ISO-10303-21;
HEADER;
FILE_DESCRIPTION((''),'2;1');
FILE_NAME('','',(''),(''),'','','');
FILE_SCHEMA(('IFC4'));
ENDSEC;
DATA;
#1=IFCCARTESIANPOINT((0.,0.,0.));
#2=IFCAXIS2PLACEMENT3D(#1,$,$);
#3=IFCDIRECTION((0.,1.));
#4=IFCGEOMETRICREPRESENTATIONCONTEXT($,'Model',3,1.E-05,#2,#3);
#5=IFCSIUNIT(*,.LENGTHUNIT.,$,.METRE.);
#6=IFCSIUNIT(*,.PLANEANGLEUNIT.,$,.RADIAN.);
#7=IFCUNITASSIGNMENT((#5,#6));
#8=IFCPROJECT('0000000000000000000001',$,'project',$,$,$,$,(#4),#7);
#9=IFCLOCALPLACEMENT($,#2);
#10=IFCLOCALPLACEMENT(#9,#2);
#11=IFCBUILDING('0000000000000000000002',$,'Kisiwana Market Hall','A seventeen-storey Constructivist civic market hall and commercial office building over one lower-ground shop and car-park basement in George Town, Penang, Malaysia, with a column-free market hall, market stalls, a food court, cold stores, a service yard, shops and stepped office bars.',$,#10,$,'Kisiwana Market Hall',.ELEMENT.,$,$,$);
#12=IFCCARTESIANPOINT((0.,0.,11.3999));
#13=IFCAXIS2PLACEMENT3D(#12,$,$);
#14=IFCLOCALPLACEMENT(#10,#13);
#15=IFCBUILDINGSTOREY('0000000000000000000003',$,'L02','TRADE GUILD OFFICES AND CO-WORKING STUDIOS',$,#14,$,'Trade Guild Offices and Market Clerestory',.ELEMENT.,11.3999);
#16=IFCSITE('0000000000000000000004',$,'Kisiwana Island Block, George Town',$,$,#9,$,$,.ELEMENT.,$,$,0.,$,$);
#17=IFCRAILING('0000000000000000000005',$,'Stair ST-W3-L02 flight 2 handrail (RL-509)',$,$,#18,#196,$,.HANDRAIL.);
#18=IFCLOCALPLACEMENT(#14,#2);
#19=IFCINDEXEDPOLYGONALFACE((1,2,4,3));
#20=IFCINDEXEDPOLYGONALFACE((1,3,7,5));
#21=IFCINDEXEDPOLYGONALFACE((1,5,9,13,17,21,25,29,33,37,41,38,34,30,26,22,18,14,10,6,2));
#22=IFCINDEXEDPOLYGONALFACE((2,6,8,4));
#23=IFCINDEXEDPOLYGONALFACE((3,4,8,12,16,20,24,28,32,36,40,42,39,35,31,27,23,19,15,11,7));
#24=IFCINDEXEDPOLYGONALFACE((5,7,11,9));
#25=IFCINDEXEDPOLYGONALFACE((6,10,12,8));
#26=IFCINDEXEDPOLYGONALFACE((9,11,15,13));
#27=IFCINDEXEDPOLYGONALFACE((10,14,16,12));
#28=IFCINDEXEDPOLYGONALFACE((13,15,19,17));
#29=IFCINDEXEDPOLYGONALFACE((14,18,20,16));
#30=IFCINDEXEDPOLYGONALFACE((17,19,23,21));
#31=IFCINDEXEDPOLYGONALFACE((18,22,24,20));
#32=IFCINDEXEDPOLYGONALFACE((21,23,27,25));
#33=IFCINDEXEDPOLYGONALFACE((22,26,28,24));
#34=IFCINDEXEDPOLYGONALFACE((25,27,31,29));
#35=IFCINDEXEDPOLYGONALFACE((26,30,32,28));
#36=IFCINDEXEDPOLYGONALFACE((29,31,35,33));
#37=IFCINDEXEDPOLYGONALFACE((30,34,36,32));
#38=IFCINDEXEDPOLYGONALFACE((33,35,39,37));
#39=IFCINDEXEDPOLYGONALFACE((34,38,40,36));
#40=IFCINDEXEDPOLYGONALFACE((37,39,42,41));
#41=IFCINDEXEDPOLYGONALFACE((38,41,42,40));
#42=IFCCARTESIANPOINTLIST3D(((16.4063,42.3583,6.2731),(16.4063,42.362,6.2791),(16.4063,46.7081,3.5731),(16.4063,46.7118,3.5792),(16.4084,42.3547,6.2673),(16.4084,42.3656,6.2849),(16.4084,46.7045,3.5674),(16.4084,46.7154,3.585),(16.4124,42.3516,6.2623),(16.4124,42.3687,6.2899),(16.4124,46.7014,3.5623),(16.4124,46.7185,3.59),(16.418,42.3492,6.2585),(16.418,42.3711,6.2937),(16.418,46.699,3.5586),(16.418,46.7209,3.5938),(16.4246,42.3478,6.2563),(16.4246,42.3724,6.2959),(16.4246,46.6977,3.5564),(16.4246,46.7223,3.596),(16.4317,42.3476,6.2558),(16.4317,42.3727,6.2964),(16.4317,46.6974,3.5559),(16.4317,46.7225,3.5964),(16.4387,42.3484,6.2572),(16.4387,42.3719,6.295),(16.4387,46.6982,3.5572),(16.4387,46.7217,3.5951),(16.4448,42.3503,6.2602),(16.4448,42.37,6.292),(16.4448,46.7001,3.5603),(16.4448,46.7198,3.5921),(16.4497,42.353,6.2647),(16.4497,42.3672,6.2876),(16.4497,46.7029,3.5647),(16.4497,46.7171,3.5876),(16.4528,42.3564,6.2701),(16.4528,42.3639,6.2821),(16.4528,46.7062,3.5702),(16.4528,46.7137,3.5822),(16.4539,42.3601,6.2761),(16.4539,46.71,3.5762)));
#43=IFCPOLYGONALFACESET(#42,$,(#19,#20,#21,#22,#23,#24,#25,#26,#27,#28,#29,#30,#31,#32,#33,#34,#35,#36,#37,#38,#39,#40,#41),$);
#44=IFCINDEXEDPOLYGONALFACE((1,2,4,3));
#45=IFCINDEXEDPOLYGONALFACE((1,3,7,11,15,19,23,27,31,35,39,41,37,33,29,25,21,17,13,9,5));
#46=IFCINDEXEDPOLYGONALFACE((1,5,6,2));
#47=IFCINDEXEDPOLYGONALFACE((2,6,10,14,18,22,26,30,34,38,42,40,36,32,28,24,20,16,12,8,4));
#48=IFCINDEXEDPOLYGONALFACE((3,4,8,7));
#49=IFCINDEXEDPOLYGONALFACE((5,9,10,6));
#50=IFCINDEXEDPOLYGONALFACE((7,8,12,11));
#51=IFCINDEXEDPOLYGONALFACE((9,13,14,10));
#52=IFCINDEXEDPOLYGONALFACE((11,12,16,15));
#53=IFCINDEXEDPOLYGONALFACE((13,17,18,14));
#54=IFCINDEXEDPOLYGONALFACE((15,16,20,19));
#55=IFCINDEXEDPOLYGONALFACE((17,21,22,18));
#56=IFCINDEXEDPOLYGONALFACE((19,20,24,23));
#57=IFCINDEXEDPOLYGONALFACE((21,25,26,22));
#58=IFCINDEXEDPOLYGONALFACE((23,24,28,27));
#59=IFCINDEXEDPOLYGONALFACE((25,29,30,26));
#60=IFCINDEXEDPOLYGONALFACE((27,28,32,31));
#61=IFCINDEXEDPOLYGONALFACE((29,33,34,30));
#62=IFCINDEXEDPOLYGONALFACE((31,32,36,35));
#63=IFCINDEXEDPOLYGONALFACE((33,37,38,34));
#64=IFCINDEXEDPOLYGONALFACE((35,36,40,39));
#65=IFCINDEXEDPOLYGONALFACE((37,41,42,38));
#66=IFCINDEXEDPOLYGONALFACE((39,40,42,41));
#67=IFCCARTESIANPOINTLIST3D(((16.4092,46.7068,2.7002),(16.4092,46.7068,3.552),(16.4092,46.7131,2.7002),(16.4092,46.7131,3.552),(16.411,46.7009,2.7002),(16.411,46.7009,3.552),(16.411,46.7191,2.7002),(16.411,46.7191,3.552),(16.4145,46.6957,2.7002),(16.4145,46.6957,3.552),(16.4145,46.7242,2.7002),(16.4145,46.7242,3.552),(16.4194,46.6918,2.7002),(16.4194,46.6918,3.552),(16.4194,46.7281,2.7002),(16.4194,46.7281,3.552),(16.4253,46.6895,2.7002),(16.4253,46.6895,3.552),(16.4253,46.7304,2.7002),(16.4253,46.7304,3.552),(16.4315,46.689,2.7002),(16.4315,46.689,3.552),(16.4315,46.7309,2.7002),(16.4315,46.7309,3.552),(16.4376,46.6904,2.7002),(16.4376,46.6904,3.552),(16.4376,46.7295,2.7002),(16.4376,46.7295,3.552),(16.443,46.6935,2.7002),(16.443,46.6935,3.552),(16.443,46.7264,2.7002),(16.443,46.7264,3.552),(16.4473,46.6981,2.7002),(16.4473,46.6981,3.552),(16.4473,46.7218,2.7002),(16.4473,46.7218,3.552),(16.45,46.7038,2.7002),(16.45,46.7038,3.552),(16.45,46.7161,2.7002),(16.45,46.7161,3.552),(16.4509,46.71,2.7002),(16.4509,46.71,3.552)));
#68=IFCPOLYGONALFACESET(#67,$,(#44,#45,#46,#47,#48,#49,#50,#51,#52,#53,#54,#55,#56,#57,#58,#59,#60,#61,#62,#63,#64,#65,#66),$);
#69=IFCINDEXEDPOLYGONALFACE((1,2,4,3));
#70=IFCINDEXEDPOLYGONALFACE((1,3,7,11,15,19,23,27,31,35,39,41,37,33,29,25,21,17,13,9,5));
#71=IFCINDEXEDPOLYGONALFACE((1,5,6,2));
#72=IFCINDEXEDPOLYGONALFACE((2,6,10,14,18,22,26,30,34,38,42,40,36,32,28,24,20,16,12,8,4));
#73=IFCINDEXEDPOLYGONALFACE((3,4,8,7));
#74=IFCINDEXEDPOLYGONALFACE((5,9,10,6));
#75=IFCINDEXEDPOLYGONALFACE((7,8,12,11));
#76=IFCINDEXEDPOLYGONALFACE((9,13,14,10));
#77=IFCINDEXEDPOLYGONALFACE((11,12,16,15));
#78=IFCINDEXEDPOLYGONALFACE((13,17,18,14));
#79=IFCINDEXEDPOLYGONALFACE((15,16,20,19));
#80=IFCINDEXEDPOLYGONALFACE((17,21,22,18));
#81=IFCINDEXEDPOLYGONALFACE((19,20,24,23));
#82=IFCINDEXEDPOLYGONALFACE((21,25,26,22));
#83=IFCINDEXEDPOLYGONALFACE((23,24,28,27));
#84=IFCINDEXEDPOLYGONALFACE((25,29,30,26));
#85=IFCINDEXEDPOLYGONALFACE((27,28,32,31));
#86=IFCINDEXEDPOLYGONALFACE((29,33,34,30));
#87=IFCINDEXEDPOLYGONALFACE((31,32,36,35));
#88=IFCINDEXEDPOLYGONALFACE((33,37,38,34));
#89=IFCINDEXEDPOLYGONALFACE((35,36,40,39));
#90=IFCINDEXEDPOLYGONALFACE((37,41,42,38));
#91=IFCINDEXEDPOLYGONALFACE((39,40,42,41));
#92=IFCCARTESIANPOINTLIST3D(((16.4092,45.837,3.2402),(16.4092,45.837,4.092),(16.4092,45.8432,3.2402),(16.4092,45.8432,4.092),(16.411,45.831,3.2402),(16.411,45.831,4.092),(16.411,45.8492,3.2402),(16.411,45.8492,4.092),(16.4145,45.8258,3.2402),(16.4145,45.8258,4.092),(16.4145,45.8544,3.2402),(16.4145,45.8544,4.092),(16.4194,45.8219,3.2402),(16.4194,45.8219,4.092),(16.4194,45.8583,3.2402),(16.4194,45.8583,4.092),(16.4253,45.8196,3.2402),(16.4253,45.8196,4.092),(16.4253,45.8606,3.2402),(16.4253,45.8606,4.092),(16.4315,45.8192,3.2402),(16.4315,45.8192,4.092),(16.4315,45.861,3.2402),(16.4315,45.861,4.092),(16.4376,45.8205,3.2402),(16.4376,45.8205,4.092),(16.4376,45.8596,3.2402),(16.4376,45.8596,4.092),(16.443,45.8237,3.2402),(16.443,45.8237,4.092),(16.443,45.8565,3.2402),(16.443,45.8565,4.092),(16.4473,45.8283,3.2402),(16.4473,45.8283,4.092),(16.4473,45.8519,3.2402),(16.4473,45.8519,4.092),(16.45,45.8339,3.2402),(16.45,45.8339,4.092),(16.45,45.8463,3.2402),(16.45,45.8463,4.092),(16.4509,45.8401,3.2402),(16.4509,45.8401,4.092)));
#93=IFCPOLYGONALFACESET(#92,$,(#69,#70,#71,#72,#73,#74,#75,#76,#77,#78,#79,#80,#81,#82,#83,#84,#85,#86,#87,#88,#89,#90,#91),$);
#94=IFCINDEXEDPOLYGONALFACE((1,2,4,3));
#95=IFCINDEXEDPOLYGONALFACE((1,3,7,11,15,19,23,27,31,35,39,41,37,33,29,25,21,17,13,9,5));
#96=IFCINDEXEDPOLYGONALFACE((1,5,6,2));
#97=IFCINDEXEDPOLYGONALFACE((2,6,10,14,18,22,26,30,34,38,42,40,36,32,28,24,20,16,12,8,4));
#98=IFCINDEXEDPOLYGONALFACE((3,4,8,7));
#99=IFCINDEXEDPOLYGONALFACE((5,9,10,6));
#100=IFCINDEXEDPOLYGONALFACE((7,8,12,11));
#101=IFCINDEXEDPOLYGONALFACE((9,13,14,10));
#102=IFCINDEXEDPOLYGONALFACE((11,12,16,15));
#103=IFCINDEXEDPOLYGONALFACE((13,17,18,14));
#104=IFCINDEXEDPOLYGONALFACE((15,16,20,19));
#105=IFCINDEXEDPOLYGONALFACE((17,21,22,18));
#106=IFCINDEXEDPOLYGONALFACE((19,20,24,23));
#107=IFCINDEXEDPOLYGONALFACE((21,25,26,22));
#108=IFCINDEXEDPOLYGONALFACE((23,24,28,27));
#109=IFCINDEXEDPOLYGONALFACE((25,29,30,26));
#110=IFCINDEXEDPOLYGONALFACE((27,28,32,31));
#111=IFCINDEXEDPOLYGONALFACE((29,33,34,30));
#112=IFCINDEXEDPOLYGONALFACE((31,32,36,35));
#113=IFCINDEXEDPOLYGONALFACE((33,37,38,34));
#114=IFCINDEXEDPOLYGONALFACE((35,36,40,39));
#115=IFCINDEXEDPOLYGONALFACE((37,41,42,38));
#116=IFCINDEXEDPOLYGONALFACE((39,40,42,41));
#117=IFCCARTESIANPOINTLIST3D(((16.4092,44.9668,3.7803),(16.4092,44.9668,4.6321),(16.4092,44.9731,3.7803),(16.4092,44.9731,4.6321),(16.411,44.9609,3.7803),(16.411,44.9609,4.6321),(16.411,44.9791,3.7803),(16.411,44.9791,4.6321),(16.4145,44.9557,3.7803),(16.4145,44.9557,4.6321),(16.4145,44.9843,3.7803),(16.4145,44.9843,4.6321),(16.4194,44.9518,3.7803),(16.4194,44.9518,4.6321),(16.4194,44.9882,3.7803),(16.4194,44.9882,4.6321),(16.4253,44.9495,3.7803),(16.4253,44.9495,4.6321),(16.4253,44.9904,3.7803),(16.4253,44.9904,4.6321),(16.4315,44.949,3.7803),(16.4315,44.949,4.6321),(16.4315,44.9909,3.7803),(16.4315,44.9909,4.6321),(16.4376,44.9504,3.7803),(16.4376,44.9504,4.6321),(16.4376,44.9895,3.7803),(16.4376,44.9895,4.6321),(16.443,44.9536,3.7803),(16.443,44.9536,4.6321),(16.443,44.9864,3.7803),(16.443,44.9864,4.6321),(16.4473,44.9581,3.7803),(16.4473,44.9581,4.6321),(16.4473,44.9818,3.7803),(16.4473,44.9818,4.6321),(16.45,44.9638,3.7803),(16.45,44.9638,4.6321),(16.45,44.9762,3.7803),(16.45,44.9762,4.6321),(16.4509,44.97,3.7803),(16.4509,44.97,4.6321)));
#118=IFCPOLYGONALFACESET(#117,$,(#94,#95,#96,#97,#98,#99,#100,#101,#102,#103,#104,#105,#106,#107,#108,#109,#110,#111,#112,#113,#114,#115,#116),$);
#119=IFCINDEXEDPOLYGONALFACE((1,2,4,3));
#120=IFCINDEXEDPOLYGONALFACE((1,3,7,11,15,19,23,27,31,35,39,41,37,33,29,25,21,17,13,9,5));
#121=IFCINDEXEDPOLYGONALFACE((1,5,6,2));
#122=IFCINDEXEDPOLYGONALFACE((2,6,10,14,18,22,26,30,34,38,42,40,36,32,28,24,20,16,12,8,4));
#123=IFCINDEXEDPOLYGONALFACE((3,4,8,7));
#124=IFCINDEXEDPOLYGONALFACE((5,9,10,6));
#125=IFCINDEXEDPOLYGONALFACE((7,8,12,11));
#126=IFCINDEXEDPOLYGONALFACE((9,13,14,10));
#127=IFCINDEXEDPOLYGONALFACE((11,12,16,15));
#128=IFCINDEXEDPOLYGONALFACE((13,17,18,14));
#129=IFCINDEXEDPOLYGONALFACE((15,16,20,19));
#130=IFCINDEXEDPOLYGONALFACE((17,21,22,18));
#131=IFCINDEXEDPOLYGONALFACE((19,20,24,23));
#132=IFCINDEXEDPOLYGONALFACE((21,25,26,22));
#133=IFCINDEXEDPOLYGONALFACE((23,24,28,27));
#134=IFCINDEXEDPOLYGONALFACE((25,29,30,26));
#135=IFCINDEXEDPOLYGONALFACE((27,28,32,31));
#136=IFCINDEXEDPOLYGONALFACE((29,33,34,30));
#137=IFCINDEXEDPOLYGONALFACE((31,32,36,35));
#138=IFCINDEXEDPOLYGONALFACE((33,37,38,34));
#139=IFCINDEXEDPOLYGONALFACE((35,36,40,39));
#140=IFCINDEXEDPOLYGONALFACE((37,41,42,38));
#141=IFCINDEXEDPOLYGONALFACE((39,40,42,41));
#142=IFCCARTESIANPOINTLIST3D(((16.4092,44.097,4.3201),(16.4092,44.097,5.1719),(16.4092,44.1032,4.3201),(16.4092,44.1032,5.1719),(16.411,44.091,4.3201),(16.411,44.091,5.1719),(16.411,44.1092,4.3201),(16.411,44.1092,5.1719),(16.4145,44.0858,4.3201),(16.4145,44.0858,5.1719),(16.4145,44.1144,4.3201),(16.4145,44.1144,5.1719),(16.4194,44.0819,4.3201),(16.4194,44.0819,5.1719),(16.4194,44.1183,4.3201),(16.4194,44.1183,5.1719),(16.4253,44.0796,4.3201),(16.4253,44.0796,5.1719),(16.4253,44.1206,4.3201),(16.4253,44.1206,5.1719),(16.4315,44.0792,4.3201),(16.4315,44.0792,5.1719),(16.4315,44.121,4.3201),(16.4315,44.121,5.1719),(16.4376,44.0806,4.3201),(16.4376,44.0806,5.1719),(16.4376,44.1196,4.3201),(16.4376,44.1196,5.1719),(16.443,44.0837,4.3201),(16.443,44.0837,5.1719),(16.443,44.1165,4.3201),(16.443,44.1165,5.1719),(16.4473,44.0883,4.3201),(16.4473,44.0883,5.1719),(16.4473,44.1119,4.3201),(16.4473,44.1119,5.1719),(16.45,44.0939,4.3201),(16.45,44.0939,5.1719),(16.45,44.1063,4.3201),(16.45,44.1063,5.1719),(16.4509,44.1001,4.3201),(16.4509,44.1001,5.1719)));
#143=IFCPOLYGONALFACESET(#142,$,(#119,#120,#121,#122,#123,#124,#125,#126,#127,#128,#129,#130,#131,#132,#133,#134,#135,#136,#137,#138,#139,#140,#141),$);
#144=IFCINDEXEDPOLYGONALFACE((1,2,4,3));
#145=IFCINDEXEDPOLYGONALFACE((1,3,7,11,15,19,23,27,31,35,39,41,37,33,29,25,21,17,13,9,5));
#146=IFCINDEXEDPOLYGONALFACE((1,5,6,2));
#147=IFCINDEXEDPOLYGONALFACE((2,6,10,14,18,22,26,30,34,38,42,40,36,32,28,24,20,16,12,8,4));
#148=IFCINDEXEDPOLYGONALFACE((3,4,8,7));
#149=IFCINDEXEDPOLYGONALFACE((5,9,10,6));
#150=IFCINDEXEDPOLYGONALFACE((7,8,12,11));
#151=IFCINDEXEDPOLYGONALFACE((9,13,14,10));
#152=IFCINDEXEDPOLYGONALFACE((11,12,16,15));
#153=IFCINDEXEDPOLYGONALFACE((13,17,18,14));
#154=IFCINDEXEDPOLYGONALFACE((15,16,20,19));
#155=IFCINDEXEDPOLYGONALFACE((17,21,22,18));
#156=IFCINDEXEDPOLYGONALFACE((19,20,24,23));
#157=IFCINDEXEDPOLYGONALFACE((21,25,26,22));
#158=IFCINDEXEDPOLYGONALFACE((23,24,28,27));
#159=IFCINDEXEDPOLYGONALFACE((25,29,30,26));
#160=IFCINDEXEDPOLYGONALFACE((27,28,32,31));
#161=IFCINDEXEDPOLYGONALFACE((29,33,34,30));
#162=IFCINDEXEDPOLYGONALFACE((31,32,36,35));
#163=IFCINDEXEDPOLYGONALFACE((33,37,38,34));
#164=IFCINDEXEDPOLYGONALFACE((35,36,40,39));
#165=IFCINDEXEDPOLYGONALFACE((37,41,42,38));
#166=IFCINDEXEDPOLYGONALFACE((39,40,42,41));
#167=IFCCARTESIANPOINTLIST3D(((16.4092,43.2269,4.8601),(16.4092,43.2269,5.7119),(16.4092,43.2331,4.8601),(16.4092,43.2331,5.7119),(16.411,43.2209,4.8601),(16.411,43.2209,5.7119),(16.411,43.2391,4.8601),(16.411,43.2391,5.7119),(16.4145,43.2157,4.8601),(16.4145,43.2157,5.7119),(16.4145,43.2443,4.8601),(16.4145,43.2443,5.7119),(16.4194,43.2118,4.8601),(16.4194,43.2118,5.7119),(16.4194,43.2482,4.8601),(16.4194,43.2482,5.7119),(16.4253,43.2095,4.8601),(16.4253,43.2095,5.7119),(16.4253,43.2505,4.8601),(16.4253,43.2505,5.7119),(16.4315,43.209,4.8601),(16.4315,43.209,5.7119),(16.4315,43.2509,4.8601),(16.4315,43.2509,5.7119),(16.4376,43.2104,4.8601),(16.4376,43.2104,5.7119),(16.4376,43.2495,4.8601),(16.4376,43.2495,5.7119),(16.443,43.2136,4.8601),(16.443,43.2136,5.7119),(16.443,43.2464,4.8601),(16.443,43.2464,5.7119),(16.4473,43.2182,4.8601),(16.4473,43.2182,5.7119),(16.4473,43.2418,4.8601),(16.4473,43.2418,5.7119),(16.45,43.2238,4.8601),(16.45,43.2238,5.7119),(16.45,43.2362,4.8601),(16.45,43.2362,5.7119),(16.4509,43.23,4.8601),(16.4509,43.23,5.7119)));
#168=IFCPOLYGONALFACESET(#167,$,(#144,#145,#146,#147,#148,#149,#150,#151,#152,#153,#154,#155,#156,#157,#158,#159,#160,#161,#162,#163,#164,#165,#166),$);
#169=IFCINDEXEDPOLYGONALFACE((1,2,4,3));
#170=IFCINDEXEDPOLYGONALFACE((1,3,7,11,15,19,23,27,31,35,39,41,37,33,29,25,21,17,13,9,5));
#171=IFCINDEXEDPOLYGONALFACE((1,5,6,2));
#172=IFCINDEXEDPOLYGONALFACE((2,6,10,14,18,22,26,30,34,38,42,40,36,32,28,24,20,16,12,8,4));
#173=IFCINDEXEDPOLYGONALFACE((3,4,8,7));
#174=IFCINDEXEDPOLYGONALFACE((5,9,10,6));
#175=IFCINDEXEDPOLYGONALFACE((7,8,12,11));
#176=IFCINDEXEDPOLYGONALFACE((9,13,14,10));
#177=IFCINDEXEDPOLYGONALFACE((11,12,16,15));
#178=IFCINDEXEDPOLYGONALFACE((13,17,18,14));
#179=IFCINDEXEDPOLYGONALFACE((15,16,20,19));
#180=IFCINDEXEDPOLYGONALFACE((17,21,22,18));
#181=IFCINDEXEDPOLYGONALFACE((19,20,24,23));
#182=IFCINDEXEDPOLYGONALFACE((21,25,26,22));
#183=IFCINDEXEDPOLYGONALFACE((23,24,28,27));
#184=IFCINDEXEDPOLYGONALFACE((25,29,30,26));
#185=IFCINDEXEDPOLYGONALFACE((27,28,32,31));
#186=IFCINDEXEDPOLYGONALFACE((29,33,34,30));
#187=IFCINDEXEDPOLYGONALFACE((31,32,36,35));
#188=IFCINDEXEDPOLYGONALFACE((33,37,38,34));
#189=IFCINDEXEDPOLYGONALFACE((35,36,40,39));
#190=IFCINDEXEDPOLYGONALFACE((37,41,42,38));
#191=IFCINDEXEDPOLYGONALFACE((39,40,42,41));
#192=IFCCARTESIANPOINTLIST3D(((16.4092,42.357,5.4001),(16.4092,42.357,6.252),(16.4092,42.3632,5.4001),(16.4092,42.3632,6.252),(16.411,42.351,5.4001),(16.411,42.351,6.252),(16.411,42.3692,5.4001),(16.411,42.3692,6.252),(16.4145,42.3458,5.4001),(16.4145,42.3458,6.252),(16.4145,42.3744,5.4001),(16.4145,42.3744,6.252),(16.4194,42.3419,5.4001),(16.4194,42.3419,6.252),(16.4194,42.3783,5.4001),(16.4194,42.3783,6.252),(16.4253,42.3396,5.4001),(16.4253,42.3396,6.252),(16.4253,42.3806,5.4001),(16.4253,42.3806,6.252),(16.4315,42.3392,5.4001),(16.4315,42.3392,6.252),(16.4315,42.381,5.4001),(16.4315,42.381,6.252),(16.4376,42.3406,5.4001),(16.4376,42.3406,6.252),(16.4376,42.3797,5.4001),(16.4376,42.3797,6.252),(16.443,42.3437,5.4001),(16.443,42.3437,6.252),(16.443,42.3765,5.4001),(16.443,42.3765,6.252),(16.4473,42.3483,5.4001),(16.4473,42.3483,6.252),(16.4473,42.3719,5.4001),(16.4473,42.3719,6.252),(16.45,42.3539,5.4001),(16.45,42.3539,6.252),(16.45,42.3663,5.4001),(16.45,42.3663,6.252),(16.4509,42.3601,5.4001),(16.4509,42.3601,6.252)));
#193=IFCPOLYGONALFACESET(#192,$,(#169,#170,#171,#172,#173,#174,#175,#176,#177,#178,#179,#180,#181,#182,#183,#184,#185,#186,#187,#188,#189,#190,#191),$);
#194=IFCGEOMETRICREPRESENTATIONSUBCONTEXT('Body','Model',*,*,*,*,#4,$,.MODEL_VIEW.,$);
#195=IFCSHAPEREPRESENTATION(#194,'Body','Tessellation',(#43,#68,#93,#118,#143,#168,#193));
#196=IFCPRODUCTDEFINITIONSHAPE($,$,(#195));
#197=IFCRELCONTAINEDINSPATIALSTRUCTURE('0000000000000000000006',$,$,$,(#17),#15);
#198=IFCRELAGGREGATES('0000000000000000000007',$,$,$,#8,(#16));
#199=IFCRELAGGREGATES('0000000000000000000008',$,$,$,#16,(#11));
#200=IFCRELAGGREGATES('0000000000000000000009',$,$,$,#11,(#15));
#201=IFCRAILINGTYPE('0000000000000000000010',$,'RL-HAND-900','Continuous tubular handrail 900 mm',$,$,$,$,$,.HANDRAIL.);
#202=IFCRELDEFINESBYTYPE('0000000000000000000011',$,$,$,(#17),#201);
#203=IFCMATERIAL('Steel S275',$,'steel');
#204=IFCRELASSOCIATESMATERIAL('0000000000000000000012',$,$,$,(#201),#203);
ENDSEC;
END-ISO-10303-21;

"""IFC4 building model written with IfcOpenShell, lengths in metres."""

from ifc_helpers import new_model, si_unit, direction, frame, origin, origin_2d, place, context, subcontext, project, spatial, circle, extrude, material, type_object, element, save


model = new_model("IFC4")

# Units and contexts
model_context = context("Model", 3, precision=1e-05, world=origin(), true_north=direction((0.0, 1.0)))
body_context = subcontext(model_context, "Body", "Model", "MODEL_VIEW")
ifc_project = project(units=[si_unit("LENGTHUNIT", "METRE"), si_unit("PLANEANGLEUNIT", "RADIAN")], contexts=[model_context])

# Site, building, storey
site_placement = place(None, origin())
site = spatial("IfcSite", under=ifc_project, at=site_placement, Name="Kisiwana Island Block, George Town", CompositionType="ELEMENT", RefElevation=0.0)
building_placement = place(site_placement, origin())
building = spatial("IfcBuilding", under=site, at=building_placement, Name="Kisiwana Market Hall", Description="A seventeen-storey Constructivist civic market hall and commercial office building over one lower-ground shop and car-park basement in George Town, Penang, Malaysia, with a column-free market hall, market stalls, a food court, cold stores, a service yard, shops and stepped office bars.", LongName="Kisiwana Market Hall", CompositionType="ELEMENT")
storey_placement = place(building_placement, frame((0.0, 0.0, 11.3999)))
storey = spatial("IfcBuildingStorey", under=building, at=storey_placement, Name="L02", Description="TRADE GUILD OFFICES AND CO-WORKING STUDIOS", LongName="Trade Guild Offices and Market Clerestory", CompositionType="ELEMENT", Elevation=11.3999)

# Railing
ifc_material_1 = material(Name="Steel S275", Category="steel")
railing_type = type_object("IfcRailingType", Name="RL-HAND-900", Description="Continuous tubular handrail 900 mm", PredefinedType="HANDRAIL", material=ifc_material_1)
for number, where, name in (
    (1, (16.4299, 46.71, 2.7002), "Stair ST-W3-L02 flight 2 handrail (RL-509)"),
):
    element("IfcRailing", number, at=place(storey_placement, frame(where)), inside=storey, type_object=railing_type, Name=name, PredefinedType="HANDRAIL", context=body_context, shape_type="SweptSolid", body=[
        extrude(circle(Radius=0.0239, at=origin_2d()), frame((0.0, 0.0, 0.876), z_axis=(0.0, -0.849636, 0.527369), x_axis=(1.0, 0.0, 0.0)), (0.0, 0.0, 1.0), 5.1196),
        extrude(circle(Radius=0.021, at=origin_2d()), origin(), (0.0, 0.0, 1.0), 0.8518),
        extrude(circle(Radius=0.021, at=origin_2d()), frame((0.0, -0.8699, 0.54)), (0.0, 0.0, 1.0), 0.8518),
        extrude(circle(Radius=0.021, at=origin_2d()), frame((0.0, -1.74, 1.0801)), (0.0, 0.0, 1.0), 0.8518),
        extrude(circle(Radius=0.021, at=origin_2d()), frame((0.0, -2.6099, 1.6199)), (0.0, 0.0, 1.0), 0.8518),
        extrude(circle(Radius=0.021, at=origin_2d()), frame((0.0, -3.48, 2.1599)), (0.0, 0.0, 1.0), 0.8518),
        extrude(circle(Radius=0.021, at=origin_2d()), frame((0.0, -4.3499, 2.7)), (0.0, 0.0, 1.0), 0.8518),
    ])

save(model, "model.ifc")
